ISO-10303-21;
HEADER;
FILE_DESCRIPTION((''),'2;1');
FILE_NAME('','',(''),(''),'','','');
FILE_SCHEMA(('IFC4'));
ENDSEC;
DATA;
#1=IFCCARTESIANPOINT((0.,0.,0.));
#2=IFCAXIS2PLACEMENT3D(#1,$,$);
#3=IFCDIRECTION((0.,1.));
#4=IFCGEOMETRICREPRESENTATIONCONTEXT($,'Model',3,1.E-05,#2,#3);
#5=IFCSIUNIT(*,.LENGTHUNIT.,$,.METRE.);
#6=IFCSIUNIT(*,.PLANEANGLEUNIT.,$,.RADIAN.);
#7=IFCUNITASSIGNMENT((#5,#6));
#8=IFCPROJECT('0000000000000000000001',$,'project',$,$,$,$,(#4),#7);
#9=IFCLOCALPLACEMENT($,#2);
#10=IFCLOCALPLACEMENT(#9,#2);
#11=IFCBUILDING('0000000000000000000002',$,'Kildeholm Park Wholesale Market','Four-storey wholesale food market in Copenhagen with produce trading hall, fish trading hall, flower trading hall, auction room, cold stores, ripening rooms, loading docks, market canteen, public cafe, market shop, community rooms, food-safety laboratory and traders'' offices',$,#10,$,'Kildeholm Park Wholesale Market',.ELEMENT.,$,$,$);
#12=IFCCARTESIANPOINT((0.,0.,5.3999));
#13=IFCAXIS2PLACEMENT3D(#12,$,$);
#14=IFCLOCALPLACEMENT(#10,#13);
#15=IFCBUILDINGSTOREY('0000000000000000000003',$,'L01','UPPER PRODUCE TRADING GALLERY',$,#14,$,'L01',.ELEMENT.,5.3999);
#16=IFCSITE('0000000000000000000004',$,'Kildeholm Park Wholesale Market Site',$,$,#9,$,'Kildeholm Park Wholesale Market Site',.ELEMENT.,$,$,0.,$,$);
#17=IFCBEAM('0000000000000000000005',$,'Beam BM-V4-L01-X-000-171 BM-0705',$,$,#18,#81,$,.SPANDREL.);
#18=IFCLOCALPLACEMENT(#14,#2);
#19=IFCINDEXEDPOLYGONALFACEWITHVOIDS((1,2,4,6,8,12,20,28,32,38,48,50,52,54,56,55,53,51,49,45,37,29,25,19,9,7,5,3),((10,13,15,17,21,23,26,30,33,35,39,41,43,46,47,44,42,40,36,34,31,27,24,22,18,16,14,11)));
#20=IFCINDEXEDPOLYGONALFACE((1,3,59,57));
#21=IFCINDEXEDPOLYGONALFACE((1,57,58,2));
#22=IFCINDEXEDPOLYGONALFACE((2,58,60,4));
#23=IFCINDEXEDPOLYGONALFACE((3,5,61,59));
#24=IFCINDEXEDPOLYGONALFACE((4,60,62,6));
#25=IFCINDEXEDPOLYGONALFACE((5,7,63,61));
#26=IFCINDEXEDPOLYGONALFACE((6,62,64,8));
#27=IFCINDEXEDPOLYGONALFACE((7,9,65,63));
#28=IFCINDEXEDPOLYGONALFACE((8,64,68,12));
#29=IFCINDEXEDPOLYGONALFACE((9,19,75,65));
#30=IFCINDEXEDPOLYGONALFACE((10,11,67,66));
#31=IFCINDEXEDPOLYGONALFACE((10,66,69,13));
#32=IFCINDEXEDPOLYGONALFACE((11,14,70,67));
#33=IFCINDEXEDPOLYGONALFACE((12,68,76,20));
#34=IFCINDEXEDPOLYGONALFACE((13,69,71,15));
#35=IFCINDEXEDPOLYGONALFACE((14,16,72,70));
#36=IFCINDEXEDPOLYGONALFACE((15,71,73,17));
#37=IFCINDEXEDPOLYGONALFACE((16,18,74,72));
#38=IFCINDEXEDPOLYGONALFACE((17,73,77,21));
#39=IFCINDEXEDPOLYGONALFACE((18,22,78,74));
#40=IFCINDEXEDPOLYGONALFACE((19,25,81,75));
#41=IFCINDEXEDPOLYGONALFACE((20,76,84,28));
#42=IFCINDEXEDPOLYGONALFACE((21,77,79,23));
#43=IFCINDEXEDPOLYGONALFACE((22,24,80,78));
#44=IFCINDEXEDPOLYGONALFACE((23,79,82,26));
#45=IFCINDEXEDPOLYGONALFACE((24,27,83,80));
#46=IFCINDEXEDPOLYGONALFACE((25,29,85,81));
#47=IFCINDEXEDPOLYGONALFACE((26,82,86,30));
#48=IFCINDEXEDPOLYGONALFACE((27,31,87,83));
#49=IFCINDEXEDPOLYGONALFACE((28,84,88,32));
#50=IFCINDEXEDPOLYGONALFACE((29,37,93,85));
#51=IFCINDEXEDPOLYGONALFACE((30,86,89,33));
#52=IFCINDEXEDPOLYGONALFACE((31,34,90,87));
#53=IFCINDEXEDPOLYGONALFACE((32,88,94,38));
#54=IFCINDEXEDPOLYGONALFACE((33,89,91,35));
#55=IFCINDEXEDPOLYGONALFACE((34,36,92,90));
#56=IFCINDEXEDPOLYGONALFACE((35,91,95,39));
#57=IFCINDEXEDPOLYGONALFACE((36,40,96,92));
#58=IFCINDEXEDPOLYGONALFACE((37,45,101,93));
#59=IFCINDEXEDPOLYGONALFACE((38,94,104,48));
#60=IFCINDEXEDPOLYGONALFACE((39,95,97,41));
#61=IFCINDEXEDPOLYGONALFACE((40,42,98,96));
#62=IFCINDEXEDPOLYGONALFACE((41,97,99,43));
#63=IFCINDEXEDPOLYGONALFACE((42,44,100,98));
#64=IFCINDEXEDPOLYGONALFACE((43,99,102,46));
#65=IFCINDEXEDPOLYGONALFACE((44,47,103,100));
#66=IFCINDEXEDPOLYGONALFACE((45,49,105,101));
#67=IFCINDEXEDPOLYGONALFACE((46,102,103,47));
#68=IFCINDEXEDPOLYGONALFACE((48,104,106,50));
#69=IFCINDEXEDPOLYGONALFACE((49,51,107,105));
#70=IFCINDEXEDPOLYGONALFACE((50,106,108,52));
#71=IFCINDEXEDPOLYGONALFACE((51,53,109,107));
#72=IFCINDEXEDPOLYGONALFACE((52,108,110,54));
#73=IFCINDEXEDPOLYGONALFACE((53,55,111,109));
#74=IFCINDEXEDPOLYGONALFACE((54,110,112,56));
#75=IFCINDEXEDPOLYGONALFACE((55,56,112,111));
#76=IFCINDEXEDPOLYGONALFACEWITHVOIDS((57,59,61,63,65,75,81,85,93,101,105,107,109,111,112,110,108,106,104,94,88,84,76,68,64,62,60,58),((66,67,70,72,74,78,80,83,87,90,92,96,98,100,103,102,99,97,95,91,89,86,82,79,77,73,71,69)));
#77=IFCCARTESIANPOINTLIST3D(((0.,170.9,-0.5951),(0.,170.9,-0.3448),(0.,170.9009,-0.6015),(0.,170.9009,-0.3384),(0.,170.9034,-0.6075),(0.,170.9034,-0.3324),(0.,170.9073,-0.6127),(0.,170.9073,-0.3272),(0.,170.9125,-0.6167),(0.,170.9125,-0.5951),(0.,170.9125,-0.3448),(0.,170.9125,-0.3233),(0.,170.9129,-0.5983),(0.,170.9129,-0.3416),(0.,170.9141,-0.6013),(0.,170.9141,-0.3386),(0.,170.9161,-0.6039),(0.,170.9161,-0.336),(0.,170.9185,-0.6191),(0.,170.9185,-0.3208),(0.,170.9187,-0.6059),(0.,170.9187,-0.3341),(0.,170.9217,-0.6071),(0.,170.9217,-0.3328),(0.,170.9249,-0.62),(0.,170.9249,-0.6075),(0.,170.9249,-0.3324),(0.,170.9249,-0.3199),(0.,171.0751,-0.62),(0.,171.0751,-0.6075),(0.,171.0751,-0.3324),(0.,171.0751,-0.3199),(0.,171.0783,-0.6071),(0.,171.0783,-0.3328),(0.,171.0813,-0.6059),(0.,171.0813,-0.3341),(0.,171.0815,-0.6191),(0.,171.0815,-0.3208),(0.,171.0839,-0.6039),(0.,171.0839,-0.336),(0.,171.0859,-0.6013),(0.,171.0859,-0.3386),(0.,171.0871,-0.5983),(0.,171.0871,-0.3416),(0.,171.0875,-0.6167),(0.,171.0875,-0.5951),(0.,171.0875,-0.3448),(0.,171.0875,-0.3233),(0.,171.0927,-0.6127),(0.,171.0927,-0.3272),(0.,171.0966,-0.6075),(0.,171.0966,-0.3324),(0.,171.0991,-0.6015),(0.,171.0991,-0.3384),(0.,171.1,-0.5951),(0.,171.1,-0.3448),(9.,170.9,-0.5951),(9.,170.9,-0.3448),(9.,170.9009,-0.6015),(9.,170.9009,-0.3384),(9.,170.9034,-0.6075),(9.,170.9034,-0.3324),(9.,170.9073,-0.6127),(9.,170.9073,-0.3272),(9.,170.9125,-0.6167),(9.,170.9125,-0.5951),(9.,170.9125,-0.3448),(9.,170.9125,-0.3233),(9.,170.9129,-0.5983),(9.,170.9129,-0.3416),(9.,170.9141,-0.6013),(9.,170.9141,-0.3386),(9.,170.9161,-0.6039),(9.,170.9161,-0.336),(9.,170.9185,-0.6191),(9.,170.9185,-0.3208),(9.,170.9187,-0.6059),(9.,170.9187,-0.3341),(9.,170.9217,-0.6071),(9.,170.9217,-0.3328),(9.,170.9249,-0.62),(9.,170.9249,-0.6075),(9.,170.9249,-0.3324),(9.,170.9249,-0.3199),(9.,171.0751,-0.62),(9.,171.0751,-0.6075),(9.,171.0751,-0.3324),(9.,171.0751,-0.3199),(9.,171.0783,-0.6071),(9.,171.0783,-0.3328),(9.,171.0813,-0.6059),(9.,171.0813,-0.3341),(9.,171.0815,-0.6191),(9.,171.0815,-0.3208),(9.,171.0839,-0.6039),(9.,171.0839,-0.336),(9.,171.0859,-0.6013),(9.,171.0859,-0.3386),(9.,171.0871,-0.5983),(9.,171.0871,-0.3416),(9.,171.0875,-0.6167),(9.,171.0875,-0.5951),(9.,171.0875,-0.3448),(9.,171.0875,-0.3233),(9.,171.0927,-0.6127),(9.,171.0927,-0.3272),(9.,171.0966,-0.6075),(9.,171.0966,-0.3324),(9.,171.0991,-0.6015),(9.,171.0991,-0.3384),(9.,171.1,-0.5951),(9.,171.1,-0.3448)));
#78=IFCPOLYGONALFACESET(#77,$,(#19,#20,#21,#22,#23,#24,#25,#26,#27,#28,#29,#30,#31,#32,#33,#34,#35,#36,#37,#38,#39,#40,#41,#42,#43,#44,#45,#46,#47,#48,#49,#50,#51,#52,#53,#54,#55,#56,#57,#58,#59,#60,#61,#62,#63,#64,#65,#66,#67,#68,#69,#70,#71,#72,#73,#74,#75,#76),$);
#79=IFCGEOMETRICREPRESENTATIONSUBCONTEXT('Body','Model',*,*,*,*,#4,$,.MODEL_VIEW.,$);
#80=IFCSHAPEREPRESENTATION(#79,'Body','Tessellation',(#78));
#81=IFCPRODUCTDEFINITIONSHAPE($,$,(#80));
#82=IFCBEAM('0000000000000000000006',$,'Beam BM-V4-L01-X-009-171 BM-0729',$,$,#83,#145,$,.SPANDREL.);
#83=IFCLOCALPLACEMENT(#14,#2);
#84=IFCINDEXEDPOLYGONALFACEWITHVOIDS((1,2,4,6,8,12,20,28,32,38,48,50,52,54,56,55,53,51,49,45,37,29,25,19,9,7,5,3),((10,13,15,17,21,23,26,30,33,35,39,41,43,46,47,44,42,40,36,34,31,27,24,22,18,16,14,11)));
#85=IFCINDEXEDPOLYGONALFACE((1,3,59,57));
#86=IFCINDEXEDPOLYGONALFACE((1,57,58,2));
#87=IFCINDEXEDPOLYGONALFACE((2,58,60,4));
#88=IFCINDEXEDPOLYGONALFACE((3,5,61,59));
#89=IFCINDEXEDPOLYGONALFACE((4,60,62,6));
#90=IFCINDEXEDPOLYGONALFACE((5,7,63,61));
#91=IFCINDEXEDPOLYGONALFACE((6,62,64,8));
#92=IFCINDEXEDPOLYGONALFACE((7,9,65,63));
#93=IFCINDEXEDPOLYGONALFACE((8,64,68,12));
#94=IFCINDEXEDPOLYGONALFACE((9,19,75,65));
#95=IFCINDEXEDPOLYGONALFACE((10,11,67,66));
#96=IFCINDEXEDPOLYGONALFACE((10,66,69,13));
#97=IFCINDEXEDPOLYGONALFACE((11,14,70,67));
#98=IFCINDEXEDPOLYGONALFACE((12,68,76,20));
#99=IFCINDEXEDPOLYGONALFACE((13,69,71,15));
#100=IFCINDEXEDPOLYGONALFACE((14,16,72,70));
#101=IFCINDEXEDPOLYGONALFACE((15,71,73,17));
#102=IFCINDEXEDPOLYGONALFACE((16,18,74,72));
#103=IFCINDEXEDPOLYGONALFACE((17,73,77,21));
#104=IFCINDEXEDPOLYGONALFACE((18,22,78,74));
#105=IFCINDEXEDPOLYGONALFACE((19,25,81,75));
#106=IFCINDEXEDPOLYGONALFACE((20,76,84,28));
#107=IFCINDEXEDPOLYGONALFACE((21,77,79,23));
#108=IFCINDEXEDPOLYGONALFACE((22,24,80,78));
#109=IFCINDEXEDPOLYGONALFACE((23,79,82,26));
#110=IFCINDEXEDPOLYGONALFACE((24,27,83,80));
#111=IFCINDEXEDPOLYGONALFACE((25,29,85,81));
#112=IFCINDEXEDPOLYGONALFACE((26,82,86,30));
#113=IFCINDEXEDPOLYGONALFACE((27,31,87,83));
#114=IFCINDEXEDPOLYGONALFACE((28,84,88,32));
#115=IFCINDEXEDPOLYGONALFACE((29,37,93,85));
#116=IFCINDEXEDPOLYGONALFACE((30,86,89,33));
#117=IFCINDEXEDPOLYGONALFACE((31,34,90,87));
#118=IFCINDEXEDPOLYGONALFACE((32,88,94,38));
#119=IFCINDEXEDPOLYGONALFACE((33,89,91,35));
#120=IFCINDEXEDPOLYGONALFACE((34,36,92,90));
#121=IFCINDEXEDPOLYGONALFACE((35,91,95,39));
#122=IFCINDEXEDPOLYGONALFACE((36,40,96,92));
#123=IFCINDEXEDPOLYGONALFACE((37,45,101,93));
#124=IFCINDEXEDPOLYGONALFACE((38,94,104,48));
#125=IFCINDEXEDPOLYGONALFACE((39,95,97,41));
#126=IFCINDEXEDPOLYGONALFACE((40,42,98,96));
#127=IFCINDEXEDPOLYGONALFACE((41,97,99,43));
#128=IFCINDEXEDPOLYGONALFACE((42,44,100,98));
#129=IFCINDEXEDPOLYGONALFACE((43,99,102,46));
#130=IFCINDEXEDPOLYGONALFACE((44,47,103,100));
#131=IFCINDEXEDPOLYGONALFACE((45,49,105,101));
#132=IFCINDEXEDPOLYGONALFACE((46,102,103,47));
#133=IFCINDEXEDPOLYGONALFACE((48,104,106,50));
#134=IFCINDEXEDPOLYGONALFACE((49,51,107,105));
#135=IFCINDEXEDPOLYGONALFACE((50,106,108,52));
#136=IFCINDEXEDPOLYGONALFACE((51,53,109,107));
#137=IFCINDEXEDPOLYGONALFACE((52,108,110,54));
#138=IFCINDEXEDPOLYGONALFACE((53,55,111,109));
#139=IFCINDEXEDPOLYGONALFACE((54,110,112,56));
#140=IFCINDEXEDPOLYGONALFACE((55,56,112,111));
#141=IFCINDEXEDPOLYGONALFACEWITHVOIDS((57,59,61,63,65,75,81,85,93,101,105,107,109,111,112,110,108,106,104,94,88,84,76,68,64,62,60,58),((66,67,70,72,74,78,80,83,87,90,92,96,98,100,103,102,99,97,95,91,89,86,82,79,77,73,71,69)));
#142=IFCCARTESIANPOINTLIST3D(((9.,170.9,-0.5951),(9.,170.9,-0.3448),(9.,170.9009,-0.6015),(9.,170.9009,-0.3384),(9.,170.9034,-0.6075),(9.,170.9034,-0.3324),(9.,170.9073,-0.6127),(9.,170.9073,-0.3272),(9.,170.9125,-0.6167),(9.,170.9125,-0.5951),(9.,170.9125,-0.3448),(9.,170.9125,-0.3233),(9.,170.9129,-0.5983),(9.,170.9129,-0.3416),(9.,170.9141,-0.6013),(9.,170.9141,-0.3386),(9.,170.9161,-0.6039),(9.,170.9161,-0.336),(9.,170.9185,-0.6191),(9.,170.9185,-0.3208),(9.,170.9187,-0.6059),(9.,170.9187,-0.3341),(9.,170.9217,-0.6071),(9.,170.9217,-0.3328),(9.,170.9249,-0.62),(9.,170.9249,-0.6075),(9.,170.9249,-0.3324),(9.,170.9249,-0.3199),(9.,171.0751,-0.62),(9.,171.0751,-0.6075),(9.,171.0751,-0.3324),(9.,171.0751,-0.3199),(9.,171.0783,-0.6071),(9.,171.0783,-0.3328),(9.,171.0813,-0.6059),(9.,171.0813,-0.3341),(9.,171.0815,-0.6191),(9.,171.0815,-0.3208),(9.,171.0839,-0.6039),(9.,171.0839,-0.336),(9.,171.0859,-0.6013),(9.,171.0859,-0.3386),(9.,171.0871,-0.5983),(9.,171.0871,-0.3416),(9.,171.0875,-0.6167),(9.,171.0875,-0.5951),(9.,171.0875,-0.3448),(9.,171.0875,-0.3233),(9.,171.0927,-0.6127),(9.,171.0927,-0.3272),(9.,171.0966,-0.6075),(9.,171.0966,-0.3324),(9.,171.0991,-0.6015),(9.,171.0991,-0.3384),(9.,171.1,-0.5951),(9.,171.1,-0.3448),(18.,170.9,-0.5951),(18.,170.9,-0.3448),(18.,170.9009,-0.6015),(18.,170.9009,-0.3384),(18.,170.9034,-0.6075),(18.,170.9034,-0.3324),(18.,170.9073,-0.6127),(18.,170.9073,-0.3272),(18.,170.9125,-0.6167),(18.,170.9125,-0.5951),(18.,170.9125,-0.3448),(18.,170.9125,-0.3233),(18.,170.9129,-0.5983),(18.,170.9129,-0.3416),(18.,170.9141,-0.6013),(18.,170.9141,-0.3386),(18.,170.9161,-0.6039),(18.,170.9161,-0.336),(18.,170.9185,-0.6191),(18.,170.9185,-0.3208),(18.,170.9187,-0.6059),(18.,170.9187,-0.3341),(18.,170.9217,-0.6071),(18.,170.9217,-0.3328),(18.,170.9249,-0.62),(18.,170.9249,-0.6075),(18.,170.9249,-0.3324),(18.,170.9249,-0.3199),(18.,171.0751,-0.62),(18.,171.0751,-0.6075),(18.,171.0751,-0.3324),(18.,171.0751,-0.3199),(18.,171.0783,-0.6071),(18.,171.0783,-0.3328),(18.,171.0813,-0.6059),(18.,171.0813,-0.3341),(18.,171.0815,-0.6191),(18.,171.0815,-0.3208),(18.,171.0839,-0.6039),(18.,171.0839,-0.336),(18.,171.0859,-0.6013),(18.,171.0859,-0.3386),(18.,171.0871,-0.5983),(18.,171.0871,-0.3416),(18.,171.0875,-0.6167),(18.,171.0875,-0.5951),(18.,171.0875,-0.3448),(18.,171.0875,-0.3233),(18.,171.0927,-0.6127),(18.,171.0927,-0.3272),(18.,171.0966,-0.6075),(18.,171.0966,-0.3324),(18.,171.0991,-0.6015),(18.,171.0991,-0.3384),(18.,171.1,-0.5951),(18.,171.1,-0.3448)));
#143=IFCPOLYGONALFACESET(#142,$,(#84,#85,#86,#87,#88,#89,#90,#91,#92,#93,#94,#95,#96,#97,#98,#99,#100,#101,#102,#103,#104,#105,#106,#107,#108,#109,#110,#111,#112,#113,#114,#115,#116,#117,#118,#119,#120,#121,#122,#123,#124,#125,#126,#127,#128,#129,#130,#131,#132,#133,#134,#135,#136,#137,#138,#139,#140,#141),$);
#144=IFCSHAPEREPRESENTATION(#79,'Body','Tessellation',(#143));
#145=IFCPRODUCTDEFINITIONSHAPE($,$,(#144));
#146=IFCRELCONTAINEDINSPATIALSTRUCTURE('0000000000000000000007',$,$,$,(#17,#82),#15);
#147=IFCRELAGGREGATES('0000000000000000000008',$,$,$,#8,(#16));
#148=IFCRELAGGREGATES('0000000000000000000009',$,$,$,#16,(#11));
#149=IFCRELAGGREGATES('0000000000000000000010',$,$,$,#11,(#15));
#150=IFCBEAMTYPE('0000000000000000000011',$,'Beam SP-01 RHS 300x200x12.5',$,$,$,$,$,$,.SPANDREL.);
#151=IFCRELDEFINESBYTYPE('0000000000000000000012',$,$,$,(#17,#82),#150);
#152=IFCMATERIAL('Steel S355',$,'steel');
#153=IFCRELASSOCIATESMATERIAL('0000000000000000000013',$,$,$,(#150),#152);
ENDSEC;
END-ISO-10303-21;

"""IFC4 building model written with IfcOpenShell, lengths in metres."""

from ifc_helpers import new_model, si_unit, direction, frame, origin, origin_2d, place, context, subcontext, project, spatial, hollow_rectangle, extrude, material, material_profile, profile_set, type_object, element, save


model = new_model("IFC4")

# Units and contexts
model_context = context("Model", 3, precision=1e-05, world=origin(), true_north=direction((0.0, 1.0)))
body_context = subcontext(model_context, "Body", "Model", "MODEL_VIEW")
ifc_project = project(units=[si_unit("LENGTHUNIT", "METRE"), si_unit("PLANEANGLEUNIT", "RADIAN")], contexts=[model_context])

# Site, building, storey
site_placement = place(None, origin())
site = spatial("IfcSite", under=ifc_project, at=site_placement, Name="Kildeholm Park Wholesale Market Site", LongName="Kildeholm Park Wholesale Market Site", CompositionType="ELEMENT", RefElevation=0.0)
building_placement = place(site_placement, origin())
building = spatial("IfcBuilding", under=site, at=building_placement, Name="Kildeholm Park Wholesale Market", Description="Four-storey wholesale food market in Copenhagen with produce trading hall, fish trading hall, flower trading hall, auction room, cold stores, ripening rooms, loading docks, market canteen, public cafe, market shop, community rooms, food-safety laboratory and traders' offices", LongName="Kildeholm Park Wholesale Market", CompositionType="ELEMENT")
storey_placement = place(building_placement, frame((0.0, 0.0, 5.3999)))
storey = spatial("IfcBuildingStorey", under=building, at=storey_placement, Name="L01", Description="UPPER PRODUCE TRADING GALLERY", LongName="L01", CompositionType="ELEMENT", Elevation=5.3999)

# Beams
ifc_material_1 = material(Name="Steel S355", Category="steel")
ifc_material_profile_1 = material_profile(ifc_material_1, hollow_rectangle(XDim=0.2, YDim=0.3, WallThickness=0.0125, InnerFilletRadius=0.0125, OuterFilletRadius=0.0249, at=origin_2d()), Name="RHS 300x200x12.5")
ifc_profile_set_1 = profile_set([ifc_material_profile_1], Name="Steel S355")
beam_type_1 = type_object("IfcBeamType", Name="Beam SP-01 RHS 300x200x12.5", PredefinedType="SPANDREL", material=ifc_profile_set_1)
for number, where, z_axis, x_axis, name in (
    (1, (0.0, 171.0, -0.47), (1.0, 0.0, 0.0), (0.0, 1.0, 0.0), "Beam BM-V4-L01-X-000-171 BM-0705"),
    (2, (9.0, 171.0, -0.47), (1.0, 0.0, 0.0), (0.0, 1.0, 0.0), "Beam BM-V4-L01-X-009-171 BM-0729"),
):
    element("IfcBeam", number, at=place(storey_placement, frame(where, z_axis=z_axis, x_axis=x_axis)), inside=storey, type_object=beam_type_1, Name=name, PredefinedType="SPANDREL", context=body_context, shape_type="SweptSolid", body=[
        extrude(hollow_rectangle(XDim=0.2, YDim=0.3, WallThickness=0.0125, InnerFilletRadius=0.0125, OuterFilletRadius=0.0249, at=origin_2d()), origin(), (0.0, 0.0, 1.0), 9.0),
    ])

save(model, "model.ifc")
